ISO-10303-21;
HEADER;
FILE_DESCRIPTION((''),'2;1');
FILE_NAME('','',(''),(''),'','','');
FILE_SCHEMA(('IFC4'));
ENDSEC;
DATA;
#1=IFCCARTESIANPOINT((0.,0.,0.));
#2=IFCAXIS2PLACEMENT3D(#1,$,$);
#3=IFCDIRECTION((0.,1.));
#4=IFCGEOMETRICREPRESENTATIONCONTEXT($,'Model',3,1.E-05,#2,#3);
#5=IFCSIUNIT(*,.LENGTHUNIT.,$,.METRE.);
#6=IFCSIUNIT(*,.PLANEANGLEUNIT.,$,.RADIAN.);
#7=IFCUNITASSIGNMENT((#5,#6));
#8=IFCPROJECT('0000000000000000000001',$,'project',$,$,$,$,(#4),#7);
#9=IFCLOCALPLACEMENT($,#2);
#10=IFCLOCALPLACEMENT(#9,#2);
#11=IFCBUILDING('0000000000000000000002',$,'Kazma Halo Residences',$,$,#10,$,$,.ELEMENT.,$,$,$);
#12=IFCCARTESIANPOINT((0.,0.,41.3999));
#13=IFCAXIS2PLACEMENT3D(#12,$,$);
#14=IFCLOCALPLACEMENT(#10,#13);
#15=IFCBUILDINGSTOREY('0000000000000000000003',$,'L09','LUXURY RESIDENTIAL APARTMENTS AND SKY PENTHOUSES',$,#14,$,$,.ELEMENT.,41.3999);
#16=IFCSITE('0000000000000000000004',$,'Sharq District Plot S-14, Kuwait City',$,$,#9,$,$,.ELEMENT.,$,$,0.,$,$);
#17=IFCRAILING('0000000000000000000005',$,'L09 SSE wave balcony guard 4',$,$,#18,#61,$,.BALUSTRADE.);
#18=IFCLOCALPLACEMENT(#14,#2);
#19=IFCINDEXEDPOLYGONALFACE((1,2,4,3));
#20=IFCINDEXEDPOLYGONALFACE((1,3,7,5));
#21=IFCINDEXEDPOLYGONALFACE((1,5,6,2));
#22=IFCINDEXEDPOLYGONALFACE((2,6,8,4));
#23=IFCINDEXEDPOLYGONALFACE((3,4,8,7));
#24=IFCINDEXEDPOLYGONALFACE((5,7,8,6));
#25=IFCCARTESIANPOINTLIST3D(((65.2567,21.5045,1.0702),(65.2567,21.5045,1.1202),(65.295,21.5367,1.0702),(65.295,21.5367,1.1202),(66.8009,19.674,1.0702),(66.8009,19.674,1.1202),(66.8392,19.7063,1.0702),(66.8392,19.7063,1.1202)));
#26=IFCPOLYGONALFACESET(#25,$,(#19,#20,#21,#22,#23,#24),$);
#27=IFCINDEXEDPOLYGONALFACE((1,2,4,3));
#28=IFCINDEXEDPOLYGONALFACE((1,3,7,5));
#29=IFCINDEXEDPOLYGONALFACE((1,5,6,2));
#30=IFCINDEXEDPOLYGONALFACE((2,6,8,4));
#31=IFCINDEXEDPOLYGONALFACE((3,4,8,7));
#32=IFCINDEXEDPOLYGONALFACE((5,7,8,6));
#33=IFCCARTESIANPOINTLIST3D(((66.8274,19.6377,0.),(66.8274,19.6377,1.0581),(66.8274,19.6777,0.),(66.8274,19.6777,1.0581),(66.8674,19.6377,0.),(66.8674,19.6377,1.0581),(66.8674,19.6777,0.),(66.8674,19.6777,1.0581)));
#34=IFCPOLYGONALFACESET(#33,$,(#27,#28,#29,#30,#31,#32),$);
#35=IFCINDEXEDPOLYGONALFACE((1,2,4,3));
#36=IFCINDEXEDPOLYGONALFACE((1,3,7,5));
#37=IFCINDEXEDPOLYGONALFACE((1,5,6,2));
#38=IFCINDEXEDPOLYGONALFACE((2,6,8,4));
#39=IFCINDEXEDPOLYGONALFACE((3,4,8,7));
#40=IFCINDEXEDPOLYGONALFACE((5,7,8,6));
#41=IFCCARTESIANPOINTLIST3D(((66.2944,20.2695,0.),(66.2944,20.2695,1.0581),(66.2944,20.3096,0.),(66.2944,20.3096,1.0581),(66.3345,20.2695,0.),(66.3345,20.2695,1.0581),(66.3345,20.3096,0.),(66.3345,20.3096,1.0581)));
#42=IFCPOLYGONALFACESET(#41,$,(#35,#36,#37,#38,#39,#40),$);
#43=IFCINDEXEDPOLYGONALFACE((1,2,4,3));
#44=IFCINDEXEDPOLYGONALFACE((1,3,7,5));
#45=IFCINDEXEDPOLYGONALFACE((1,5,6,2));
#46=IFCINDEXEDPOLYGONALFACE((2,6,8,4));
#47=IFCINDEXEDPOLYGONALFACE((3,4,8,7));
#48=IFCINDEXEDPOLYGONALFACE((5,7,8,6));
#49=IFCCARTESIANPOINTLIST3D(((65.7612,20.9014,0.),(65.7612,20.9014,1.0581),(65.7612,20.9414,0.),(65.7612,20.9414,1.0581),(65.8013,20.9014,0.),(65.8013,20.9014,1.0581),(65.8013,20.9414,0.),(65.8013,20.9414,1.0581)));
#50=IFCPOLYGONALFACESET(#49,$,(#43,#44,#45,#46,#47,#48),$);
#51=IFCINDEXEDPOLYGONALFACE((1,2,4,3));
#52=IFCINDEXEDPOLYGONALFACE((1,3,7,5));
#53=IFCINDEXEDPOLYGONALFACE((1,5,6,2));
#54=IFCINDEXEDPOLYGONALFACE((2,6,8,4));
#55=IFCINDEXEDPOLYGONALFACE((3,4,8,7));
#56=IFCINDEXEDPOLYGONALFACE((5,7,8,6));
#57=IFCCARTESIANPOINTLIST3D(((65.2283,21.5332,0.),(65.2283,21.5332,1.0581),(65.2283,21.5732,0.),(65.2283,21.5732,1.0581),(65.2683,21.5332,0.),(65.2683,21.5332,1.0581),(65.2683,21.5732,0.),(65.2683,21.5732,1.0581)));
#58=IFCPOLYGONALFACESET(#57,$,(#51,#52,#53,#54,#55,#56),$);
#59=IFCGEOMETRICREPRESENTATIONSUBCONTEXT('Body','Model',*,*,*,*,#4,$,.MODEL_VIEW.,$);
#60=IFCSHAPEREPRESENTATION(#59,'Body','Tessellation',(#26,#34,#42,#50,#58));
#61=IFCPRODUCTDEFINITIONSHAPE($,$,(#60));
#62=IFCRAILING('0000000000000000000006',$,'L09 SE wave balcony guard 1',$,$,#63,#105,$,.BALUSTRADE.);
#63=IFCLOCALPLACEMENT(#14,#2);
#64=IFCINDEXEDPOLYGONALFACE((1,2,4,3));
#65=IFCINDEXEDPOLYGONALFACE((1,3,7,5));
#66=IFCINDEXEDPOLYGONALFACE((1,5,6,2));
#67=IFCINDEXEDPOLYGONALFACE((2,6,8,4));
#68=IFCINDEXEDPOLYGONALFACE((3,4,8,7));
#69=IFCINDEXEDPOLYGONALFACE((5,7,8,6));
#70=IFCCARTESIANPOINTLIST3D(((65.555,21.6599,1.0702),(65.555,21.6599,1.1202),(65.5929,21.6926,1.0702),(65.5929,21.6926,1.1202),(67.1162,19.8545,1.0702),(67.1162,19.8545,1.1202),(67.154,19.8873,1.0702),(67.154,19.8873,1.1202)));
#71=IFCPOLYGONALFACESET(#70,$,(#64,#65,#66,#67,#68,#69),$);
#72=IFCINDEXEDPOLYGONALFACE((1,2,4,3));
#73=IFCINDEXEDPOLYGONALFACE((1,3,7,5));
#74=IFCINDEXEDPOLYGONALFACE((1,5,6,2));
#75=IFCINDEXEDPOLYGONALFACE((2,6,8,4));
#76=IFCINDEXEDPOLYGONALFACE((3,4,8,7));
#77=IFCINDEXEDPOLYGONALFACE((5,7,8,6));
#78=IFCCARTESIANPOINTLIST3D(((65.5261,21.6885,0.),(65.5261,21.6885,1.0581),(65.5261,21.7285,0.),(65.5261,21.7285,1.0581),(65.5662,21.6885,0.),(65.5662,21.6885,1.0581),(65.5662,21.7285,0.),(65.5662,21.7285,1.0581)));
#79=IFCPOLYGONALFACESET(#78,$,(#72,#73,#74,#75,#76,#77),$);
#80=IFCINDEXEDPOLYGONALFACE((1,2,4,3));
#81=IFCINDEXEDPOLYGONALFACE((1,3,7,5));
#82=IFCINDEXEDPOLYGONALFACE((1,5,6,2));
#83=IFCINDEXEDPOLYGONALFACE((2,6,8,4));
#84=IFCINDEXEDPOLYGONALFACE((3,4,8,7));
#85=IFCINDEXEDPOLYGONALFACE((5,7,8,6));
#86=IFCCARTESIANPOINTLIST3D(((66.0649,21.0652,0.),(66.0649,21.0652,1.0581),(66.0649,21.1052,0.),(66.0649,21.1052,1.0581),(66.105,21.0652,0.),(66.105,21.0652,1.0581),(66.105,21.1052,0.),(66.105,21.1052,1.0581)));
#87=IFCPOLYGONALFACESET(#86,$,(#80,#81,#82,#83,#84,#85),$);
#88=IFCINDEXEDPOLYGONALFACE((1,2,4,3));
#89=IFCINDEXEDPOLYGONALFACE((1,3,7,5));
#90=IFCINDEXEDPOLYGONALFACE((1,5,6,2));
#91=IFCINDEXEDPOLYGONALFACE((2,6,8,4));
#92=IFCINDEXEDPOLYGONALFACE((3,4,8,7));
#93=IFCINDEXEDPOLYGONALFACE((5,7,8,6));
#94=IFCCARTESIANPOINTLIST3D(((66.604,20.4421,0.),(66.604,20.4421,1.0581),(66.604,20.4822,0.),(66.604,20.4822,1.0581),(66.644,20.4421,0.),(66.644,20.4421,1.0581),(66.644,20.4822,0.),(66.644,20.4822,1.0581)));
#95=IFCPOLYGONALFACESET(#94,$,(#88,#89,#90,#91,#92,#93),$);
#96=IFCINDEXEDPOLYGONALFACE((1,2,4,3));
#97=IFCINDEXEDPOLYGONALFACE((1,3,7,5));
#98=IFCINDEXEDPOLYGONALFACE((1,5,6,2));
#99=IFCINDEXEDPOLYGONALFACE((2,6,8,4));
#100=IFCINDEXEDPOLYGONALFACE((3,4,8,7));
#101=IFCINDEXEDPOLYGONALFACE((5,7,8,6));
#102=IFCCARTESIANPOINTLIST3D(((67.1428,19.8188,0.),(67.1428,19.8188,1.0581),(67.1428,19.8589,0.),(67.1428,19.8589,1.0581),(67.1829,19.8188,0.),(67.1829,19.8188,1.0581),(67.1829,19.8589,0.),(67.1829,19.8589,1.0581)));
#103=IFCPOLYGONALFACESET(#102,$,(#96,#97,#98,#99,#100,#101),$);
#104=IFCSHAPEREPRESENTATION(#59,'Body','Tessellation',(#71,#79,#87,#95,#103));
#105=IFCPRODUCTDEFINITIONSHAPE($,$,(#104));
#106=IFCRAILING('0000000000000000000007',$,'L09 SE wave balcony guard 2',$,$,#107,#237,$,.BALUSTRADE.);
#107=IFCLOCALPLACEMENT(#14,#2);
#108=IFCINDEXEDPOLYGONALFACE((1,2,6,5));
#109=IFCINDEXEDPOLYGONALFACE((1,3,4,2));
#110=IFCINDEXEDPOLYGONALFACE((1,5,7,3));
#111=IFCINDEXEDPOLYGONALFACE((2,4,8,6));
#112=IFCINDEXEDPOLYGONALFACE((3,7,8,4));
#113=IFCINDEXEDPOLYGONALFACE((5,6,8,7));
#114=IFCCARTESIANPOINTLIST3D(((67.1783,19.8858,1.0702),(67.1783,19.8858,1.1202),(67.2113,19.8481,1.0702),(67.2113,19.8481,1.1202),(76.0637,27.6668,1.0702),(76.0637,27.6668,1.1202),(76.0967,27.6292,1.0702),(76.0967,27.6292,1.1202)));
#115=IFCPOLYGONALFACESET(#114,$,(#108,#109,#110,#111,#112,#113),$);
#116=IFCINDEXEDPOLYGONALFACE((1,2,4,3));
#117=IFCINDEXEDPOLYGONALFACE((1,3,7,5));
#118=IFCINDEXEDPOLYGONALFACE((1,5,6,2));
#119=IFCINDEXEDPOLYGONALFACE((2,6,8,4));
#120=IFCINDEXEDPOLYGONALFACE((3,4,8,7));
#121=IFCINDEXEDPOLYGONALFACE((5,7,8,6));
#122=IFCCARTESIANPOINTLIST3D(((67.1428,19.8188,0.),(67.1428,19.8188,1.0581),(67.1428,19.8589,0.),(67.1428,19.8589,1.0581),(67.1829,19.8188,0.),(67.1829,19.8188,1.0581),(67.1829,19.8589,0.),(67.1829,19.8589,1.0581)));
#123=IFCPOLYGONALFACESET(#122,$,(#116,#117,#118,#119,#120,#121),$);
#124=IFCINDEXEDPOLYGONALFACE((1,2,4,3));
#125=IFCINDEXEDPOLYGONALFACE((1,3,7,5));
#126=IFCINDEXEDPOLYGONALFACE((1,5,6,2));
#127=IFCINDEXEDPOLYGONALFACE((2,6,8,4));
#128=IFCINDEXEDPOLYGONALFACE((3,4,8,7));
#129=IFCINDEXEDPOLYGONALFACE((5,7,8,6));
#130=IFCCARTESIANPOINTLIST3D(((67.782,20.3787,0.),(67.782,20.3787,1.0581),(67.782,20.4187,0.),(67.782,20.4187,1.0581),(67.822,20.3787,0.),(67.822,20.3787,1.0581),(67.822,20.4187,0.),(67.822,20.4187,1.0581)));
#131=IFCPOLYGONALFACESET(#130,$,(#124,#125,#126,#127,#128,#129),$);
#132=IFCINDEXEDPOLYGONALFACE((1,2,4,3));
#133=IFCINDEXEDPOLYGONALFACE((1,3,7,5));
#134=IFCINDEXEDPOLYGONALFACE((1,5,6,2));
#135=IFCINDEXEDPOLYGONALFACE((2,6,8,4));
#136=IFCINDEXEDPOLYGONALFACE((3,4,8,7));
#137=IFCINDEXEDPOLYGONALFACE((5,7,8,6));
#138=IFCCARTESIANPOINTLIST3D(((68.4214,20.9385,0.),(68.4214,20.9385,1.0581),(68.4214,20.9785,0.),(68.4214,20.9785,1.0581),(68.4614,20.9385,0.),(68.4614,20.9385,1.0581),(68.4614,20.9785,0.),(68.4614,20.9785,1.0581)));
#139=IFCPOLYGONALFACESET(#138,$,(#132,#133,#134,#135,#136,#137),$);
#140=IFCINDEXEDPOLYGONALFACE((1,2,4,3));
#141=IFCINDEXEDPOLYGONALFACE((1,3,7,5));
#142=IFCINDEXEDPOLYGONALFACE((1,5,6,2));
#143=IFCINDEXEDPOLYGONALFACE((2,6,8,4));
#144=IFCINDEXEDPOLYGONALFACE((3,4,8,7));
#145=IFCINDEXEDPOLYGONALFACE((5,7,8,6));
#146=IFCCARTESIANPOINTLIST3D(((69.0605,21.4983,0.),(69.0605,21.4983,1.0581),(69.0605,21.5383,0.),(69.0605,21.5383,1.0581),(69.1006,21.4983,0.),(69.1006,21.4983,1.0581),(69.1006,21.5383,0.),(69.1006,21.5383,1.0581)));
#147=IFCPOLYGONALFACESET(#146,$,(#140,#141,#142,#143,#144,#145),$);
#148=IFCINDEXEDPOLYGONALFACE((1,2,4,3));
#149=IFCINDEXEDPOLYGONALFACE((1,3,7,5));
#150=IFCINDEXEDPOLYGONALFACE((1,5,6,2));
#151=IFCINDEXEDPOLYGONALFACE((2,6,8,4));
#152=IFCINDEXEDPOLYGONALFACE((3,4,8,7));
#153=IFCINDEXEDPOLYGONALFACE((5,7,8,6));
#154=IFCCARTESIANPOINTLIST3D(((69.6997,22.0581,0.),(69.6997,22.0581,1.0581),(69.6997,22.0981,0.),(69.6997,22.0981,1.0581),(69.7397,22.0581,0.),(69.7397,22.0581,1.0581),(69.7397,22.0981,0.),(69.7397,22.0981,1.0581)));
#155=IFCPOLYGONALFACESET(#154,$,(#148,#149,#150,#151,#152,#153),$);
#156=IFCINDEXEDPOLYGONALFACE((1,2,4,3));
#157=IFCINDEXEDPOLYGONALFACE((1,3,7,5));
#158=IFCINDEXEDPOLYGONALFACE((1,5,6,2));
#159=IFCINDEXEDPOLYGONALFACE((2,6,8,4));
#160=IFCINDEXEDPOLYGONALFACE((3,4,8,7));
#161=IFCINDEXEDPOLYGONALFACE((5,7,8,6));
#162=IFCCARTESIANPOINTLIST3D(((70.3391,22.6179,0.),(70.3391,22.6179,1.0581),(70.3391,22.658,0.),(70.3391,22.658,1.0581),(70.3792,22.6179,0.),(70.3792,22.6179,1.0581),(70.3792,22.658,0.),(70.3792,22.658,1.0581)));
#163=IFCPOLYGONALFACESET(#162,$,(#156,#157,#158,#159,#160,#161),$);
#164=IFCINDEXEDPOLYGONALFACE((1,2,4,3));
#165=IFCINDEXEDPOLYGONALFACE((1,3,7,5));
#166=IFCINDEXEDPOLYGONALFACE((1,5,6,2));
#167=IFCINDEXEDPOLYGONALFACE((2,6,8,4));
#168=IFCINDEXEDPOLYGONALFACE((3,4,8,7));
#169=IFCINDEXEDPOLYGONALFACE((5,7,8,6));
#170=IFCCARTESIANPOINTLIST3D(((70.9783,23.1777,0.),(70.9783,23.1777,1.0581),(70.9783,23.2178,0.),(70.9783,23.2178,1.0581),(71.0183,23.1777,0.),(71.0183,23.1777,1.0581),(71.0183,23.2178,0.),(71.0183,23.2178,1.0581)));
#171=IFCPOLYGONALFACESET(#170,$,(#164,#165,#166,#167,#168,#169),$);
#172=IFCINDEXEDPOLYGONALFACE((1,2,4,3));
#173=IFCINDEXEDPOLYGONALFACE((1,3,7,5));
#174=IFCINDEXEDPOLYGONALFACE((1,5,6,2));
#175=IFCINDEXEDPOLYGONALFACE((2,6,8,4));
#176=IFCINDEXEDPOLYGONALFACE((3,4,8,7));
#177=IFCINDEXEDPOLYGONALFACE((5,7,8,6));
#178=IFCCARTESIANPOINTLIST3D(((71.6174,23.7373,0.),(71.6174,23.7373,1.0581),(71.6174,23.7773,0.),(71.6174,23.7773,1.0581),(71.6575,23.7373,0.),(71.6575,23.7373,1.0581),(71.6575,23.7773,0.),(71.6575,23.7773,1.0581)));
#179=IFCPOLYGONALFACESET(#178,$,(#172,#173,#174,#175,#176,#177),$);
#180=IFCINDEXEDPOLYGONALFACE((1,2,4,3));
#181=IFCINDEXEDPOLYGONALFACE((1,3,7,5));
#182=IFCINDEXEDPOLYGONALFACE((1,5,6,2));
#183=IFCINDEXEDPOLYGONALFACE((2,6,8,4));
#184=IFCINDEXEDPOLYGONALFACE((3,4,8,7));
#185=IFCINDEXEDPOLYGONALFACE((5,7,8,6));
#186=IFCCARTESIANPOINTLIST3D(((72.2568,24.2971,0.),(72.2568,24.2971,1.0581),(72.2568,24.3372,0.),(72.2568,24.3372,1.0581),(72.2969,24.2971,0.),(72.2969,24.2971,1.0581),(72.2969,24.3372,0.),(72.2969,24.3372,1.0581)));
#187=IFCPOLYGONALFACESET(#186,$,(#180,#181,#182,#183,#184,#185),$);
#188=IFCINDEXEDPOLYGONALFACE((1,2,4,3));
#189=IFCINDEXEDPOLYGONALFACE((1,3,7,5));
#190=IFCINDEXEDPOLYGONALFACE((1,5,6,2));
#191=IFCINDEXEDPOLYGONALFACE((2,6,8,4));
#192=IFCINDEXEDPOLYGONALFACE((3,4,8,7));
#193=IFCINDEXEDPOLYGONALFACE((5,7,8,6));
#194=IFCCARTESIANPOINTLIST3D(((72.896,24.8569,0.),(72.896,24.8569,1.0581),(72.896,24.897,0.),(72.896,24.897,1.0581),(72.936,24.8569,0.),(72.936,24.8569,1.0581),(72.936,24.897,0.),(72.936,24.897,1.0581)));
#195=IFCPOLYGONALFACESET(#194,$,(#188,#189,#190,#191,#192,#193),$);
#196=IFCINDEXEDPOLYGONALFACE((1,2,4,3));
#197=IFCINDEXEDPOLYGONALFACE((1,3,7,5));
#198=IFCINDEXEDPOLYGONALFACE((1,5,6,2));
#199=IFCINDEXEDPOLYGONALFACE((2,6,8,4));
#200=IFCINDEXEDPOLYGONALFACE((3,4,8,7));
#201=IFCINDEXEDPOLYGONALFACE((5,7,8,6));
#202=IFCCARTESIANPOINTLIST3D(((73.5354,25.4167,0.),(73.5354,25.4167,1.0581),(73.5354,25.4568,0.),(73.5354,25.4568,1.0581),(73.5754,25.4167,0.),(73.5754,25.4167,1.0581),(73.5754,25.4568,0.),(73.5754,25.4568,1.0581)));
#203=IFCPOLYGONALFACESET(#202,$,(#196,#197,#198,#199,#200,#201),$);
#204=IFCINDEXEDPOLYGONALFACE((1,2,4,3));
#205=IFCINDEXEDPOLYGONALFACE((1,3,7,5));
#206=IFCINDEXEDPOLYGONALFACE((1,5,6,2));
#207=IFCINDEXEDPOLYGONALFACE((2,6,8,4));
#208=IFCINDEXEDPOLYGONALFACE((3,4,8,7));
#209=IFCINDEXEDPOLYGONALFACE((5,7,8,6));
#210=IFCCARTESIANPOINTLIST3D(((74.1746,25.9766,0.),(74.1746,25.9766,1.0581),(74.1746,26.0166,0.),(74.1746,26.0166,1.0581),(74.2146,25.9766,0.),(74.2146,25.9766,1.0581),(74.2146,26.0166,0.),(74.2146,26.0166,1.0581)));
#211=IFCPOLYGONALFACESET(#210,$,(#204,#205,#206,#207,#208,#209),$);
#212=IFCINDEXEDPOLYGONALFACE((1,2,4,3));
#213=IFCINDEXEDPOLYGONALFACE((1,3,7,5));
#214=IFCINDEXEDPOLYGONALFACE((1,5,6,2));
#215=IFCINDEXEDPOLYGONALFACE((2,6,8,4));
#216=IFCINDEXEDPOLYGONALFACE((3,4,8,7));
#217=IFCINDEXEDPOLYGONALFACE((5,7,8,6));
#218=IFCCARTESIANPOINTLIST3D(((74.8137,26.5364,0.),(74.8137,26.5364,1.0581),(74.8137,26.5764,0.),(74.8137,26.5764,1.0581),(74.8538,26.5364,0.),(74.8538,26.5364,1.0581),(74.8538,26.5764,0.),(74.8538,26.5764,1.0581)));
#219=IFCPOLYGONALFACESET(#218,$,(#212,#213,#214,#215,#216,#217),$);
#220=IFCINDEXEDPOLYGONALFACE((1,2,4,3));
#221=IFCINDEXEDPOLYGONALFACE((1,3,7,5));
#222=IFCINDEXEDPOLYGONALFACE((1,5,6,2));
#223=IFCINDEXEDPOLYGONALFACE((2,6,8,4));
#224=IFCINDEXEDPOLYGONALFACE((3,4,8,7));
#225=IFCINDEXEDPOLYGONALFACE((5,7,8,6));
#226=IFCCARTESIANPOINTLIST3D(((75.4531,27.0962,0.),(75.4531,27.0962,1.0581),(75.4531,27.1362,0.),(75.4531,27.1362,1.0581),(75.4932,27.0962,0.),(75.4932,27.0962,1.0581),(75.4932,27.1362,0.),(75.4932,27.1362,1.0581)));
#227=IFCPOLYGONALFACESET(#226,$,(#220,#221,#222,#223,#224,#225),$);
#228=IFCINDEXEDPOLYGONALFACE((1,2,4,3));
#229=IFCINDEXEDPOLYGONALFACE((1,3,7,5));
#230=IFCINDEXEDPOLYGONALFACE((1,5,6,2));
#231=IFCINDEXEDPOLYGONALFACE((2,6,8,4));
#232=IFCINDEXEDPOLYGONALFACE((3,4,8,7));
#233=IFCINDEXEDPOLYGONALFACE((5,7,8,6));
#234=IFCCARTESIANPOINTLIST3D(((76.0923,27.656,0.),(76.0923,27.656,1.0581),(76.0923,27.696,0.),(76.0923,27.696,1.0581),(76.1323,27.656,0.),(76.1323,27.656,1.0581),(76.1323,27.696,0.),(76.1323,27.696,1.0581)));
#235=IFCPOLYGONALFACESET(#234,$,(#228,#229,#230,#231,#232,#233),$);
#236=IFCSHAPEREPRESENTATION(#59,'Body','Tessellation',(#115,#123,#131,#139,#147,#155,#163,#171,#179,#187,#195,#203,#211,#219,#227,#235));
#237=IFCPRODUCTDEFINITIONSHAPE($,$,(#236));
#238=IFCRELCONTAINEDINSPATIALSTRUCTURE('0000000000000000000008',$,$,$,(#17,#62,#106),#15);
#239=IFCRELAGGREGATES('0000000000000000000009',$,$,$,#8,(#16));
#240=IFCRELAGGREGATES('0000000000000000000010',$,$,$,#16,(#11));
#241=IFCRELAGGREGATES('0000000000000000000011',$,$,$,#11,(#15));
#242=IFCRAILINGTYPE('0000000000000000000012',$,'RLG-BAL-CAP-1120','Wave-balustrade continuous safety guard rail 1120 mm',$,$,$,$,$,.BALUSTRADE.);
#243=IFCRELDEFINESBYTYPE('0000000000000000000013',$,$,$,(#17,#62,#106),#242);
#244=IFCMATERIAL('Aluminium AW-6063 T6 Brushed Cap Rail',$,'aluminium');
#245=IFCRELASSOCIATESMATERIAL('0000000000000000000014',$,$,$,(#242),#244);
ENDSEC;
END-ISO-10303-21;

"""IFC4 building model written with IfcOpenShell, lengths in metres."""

from ifc_helpers import new_model, si_unit, direction, frame, origin, origin_2d, place, context, subcontext, project, spatial, rectangle, extrude, material, type_object, element, save


model = new_model("IFC4")

# Units and contexts
model_context = context("Model", 3, precision=1e-05, world=origin(), true_north=direction((0.0, 1.0)))
body_context = subcontext(model_context, "Body", "Model", "MODEL_VIEW")
ifc_project = project(units=[si_unit("LENGTHUNIT", "METRE"), si_unit("PLANEANGLEUNIT", "RADIAN")], contexts=[model_context])

# Site, building, storey
site_placement = place(None, origin())
site = spatial("IfcSite", under=ifc_project, at=site_placement, Name="Sharq District Plot S-14, Kuwait City", CompositionType="ELEMENT", RefElevation=0.0)
building_placement = place(site_placement, origin())
building = spatial("IfcBuilding", under=site, at=building_placement, Name="Kazma Halo Residences", CompositionType="ELEMENT")
storey_placement = place(building_placement, frame((0.0, 0.0, 41.3999)))
storey = spatial("IfcBuildingStorey", under=building, at=storey_placement, Name="L09", Description="LUXURY RESIDENTIAL APARTMENTS AND SKY PENTHOUSES", CompositionType="ELEMENT", Elevation=41.3999)

# Railings
ifc_material_1 = material(Name="Aluminium AW-6063 T6 Brushed Cap Rail", Category="aluminium")
railing_type = type_object("IfcRailingType", Name="RLG-BAL-CAP-1120", Description="Wave-balustrade continuous safety guard rail 1120 mm", PredefinedType="BALUSTRADE", material=ifc_material_1)
railing_1_placement = place(storey_placement, frame((66.8474, 19.6577, 0.0)))
element("IfcRailing", 1, at=railing_1_placement, inside=storey, type_object=railing_type, Name="L09 SSE wave balcony guard 4", PredefinedType="BALUSTRADE", context=body_context, shape_type="SweptSolid", body=[
    extrude(rectangle(XDim=0.05, YDim=0.05, at=origin_2d()), frame((-0.0273, 0.0325, 1.0952), z_axis=(-0.644821, 0.764334, 0.0), x_axis=(-0.764334, -0.644821, 0.0)), (0.0, 0.0, 1.0), 2.3948),
    extrude(rectangle(XDim=0.04, YDim=0.04, at=origin_2d()), origin(), (0.0, 0.0, 1.0), 1.0581),
    extrude(rectangle(XDim=0.04, YDim=0.04, at=origin_2d()), frame((-0.533, 0.6318, 0.0)), (0.0, 0.0, 1.0), 1.0581),
    extrude(rectangle(XDim=0.04, YDim=0.04, at=origin_2d()), frame((-1.0662, 1.2637, 0.0)), (0.0, 0.0, 1.0), 1.0581),
    extrude(rectangle(XDim=0.04, YDim=0.04, at=origin_2d()), frame((-1.5991, 1.8955, 0.0)), (0.0, 0.0, 1.0), 1.0581),
])
railing_2_placement = place(storey_placement, frame((65.5461, 21.7085, 0.0)))
element("IfcRailing", 2, at=railing_2_placement, inside=storey, type_object=railing_type, Name="L09 SE wave balcony guard 1", PredefinedType="BALUSTRADE", context=body_context, shape_type="SweptSolid", body=[
    extrude(rectangle(XDim=0.05, YDim=0.05, at=origin_2d()), frame((0.0278, -0.0322, 1.0952), z_axis=(0.654088, -0.756419, 0.0), x_axis=(0.756419, 0.654088, 0.0)), (0.0, 0.0, 1.0), 2.3867),
    extrude(rectangle(XDim=0.04, YDim=0.04, at=origin_2d()), origin(), (0.0, 0.0, 1.0), 1.0581),
    extrude(rectangle(XDim=0.04, YDim=0.04, at=origin_2d()), frame((0.5388, -0.6233, 0.0)), (0.0, 0.0, 1.0), 1.0581),
    extrude(rectangle(XDim=0.04, YDim=0.04, at=origin_2d()), frame((1.0779, -1.2463, 0.0)), (0.0, 0.0, 1.0), 1.0581),
    extrude(rectangle(XDim=0.04, YDim=0.04, at=origin_2d()), frame((1.6167, -1.8696, 0.0)), (0.0, 0.0, 1.0), 1.0581),
])
railing_3_placement = place(storey_placement, frame((67.1628, 19.8389, 0.0)))
element("IfcRailing", 3, at=railing_3_placement, inside=storey, type_object=railing_type, Name="L09 SE wave balcony guard 2", PredefinedType="BALUSTRADE", context=body_context, shape_type="SweptSolid", body=[
    extrude(rectangle(XDim=0.05, YDim=0.05, at=origin_2d()), frame((0.032, 0.0281, 1.0952), z_axis=(0.752311, 0.658808, 0.0), x_axis=(-0.658808, 0.752311, 0.0)), (0.0, 0.0, 1.0), 11.8108),
    extrude(rectangle(XDim=0.04, YDim=0.04, at=origin_2d()), origin(), (0.0, 0.0, 1.0), 1.0581),
    extrude(rectangle(XDim=0.04, YDim=0.04, at=origin_2d()), frame((0.6392, 0.5598, 0.0)), (0.0, 0.0, 1.0), 1.0581),
    extrude(rectangle(XDim=0.04, YDim=0.04, at=origin_2d()), frame((1.2786, 1.1196, 0.0)), (0.0, 0.0, 1.0), 1.0581),
    extrude(rectangle(XDim=0.04, YDim=0.04, at=origin_2d()), frame((1.9177, 1.6794, 0.0)), (0.0, 0.0, 1.0), 1.0581),
    extrude(rectangle(XDim=0.04, YDim=0.04, at=origin_2d()), frame((2.5569, 2.2393, 0.0)), (0.0, 0.0, 1.0), 1.0581),
    extrude(rectangle(XDim=0.04, YDim=0.04, at=origin_2d()), frame((3.1963, 2.7991, 0.0)), (0.0, 0.0, 1.0), 1.0581),
    extrude(rectangle(XDim=0.04, YDim=0.04, at=origin_2d()), frame((3.8354, 3.3589, 0.0)), (0.0, 0.0, 1.0), 1.0581),
    extrude(rectangle(XDim=0.04, YDim=0.04, at=origin_2d()), frame((4.4746, 3.9185, 0.0)), (0.0, 0.0, 1.0), 1.0581),
    extrude(rectangle(XDim=0.04, YDim=0.04, at=origin_2d()), frame((5.114, 4.4783, 0.0)), (0.0, 0.0, 1.0), 1.0581),
    extrude(rectangle(XDim=0.04, YDim=0.04, at=origin_2d()), frame((5.7532, 5.0381, 0.0)), (0.0, 0.0, 1.0), 1.0581),
    extrude(rectangle(XDim=0.04, YDim=0.04, at=origin_2d()), frame((6.3926, 5.5979, 0.0)), (0.0, 0.0, 1.0), 1.0581),
    extrude(rectangle(XDim=0.04, YDim=0.04, at=origin_2d()), frame((7.0317, 6.1577, 0.0)), (0.0, 0.0, 1.0), 1.0581),
    extrude(rectangle(XDim=0.04, YDim=0.04, at=origin_2d()), frame((7.6709, 6.7175, 0.0)), (0.0, 0.0, 1.0), 1.0581),
    extrude(rectangle(XDim=0.04, YDim=0.04, at=origin_2d()), frame((8.3103, 7.2773, 0.0)), (0.0, 0.0, 1.0), 1.0581),
    extrude(rectangle(XDim=0.04, YDim=0.04, at=origin_2d()), frame((8.9495, 7.8372, 0.0)), (0.0, 0.0, 1.0), 1.0581),
])

save(model, "model.ifc")
